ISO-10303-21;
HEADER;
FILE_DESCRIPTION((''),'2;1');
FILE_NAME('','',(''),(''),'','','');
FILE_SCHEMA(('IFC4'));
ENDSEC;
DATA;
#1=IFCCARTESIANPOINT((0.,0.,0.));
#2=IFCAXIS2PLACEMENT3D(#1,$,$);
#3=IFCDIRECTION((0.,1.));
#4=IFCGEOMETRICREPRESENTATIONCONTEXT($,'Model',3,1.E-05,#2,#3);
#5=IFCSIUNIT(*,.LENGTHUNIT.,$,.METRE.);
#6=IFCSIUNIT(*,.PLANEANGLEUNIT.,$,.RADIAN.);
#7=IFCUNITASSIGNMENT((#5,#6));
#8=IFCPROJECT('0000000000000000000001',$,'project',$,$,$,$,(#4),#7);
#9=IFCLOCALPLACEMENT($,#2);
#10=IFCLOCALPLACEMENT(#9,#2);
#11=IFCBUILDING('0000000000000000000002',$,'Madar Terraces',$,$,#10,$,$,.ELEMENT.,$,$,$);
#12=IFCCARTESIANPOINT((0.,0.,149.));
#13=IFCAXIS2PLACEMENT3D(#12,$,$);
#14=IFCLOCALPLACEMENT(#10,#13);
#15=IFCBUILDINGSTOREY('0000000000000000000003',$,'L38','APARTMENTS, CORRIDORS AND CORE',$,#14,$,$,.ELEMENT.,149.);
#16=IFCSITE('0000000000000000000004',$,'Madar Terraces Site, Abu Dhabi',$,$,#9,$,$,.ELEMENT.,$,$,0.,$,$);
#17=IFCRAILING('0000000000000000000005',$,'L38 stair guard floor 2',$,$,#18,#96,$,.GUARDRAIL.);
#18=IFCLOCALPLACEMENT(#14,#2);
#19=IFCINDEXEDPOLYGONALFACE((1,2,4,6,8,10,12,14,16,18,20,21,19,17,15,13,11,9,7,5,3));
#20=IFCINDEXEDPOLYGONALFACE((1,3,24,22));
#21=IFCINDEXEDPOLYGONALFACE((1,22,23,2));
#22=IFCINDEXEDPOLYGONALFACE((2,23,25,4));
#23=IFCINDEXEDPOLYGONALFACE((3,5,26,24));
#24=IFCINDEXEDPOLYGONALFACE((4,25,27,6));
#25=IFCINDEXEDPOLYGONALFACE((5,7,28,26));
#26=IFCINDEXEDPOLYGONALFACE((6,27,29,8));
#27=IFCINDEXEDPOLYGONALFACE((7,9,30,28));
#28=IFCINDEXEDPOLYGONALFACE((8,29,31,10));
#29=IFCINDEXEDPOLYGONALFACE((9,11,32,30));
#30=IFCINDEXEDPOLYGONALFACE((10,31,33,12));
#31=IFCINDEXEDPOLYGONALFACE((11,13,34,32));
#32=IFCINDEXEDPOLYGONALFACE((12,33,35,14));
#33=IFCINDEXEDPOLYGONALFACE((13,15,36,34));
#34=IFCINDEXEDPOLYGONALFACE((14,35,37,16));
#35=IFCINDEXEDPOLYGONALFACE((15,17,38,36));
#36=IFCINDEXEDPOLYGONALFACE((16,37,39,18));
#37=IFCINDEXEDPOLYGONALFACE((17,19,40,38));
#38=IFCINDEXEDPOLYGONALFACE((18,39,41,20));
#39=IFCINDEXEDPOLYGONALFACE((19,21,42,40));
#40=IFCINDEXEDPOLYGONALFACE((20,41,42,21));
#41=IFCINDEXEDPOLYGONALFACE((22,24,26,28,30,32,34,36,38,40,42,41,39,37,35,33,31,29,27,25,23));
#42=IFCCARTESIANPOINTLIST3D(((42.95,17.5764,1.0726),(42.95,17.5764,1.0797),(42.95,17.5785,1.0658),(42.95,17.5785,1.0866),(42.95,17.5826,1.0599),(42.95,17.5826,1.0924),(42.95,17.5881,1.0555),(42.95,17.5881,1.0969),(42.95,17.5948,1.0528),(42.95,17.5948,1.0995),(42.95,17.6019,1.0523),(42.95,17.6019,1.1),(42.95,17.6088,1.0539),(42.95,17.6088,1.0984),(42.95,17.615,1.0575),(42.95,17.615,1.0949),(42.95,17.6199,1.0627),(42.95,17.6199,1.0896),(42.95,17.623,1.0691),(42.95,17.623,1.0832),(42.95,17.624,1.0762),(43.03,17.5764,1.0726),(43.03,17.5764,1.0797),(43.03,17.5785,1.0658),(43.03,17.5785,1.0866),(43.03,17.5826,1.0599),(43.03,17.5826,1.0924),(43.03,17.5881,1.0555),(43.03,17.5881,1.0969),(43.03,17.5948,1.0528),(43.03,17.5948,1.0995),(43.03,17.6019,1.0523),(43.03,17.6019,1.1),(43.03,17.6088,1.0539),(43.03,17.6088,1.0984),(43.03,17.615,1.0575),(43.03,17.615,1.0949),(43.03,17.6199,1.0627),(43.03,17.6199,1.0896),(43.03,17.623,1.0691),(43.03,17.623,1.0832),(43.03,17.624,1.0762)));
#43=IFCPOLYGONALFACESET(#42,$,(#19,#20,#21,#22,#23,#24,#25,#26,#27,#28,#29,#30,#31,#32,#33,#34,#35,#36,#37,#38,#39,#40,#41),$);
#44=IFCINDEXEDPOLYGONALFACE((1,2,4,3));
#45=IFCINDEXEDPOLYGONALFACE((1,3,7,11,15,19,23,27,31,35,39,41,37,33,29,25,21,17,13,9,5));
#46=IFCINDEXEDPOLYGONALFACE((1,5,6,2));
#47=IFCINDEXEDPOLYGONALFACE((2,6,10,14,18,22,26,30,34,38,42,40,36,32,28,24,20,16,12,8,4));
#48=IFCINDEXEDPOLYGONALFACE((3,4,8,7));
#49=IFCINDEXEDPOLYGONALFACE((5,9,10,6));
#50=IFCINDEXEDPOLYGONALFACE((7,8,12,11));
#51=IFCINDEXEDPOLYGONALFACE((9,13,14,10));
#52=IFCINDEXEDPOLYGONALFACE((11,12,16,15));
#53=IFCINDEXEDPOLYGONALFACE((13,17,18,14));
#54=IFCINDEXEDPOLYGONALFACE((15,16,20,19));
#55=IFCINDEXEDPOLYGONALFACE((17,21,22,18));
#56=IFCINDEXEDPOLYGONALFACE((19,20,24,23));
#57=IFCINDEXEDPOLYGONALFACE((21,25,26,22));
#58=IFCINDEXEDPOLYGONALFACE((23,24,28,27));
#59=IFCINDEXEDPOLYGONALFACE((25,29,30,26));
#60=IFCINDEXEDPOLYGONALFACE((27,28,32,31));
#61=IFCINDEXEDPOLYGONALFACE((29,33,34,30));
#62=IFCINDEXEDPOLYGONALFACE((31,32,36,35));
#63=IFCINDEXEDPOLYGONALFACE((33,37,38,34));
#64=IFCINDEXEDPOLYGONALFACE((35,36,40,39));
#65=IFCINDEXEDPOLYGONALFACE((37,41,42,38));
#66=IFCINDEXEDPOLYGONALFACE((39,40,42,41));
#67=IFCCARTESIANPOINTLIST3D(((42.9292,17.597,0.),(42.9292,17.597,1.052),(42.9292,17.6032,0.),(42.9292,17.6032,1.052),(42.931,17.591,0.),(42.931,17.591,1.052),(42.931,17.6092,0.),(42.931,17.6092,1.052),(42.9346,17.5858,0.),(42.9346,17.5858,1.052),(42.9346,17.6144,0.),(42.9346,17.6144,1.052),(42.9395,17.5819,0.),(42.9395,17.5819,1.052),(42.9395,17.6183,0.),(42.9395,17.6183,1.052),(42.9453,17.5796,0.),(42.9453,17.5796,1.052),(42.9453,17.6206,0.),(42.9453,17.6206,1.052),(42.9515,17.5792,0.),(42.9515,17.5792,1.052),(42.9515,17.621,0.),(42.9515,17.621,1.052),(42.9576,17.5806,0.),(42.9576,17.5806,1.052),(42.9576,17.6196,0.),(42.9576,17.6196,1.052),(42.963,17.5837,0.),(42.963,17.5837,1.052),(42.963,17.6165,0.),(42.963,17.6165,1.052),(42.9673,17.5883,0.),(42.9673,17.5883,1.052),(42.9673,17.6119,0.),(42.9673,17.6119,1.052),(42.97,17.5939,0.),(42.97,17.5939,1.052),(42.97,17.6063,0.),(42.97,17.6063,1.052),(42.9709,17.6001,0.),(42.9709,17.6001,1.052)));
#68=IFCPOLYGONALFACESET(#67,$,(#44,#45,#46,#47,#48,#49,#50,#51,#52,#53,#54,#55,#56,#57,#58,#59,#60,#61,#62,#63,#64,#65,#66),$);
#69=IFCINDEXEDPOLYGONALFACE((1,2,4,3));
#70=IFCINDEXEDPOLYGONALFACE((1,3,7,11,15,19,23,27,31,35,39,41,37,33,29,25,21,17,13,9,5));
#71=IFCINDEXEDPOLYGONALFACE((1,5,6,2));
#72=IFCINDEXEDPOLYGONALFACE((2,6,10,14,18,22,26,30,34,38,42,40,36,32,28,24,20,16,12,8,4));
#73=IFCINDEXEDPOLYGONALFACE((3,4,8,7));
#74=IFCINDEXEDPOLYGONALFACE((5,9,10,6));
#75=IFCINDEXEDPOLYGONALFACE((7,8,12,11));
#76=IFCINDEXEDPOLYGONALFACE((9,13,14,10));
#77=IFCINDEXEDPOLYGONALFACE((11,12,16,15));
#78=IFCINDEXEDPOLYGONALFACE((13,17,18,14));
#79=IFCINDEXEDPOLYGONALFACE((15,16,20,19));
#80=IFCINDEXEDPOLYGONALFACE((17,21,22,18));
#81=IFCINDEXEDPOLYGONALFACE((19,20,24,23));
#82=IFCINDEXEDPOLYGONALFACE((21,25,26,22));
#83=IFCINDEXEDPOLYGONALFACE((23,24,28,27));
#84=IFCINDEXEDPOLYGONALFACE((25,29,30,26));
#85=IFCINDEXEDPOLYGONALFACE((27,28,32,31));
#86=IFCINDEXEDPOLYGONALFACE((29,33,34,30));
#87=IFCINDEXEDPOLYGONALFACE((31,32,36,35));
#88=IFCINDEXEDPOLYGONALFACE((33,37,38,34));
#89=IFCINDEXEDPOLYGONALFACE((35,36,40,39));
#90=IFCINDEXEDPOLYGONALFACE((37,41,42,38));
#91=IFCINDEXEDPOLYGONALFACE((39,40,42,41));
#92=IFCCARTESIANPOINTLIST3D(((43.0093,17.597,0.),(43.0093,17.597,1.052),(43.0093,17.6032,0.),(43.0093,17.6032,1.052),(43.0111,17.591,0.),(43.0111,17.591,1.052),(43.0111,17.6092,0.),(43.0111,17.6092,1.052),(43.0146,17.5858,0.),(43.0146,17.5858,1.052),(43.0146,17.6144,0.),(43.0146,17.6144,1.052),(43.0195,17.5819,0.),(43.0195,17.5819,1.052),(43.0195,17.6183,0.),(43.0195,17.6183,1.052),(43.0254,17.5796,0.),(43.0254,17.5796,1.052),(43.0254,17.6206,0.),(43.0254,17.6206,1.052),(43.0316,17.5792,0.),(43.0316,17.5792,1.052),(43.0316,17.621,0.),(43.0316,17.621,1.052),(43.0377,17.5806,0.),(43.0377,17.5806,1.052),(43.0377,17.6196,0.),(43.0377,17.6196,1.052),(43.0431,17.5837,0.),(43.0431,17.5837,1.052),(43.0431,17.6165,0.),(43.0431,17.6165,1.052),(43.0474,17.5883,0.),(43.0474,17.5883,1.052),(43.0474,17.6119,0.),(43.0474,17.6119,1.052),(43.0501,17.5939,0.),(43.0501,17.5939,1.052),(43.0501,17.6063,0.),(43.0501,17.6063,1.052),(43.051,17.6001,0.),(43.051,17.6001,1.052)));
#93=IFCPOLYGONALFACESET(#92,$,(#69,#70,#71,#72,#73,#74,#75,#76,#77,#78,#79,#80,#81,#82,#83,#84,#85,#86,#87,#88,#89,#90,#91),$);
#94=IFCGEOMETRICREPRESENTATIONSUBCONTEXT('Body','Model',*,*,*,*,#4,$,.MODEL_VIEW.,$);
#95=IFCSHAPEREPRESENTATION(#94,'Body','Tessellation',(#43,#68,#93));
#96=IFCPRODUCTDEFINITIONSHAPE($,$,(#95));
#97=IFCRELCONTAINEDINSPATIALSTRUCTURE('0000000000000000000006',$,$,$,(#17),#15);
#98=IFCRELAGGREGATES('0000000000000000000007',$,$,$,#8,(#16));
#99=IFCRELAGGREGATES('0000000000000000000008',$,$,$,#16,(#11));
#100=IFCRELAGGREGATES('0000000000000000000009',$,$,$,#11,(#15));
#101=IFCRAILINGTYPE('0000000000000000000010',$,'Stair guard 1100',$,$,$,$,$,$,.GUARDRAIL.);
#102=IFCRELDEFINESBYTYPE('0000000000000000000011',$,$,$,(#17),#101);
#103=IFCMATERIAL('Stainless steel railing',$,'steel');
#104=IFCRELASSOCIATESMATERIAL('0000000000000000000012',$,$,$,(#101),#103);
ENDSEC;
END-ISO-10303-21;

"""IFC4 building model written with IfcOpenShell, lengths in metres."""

from ifc_helpers import new_model, si_unit, direction, frame, origin, origin_2d, place, context, subcontext, project, spatial, circle, extrude, material, type_object, element, save


model = new_model("IFC4")

# Units and contexts
model_context = context("Model", 3, precision=1e-05, world=origin(), true_north=direction((0.0, 1.0)))
body_context = subcontext(model_context, "Body", "Model", "MODEL_VIEW")
ifc_project = project(units=[si_unit("LENGTHUNIT", "METRE"), si_unit("PLANEANGLEUNIT", "RADIAN")], contexts=[model_context])

# Site, building, storey
site_placement = place(None, origin())
site = spatial("IfcSite", under=ifc_project, at=site_placement, Name="Madar Terraces Site, Abu Dhabi", CompositionType="ELEMENT", RefElevation=0.0)
building_placement = place(site_placement, origin())
building = spatial("IfcBuilding", under=site, at=building_placement, Name="Madar Terraces", CompositionType="ELEMENT")
storey_placement = place(building_placement, frame((0.0, 0.0, 149.0)))
storey = spatial("IfcBuildingStorey", under=building, at=storey_placement, Name="L38", Description="APARTMENTS, CORRIDORS AND CORE", CompositionType="ELEMENT", Elevation=149.0)

# Railing
ifc_material_1 = material(Name="Stainless steel railing", Category="steel")
railing_type_1 = type_object("IfcRailingType", Name="Stair guard 1100", PredefinedType="GUARDRAIL", material=ifc_material_1)
railing_1_placement = place(storey_placement, frame((42.95, 17.6001, 0.0)))
element("IfcRailing", 1, at=railing_1_placement, inside=storey, type_object=railing_type_1, Name="L38 stair guard floor 2", PredefinedType="GUARDRAIL", context=body_context, shape_type="SweptSolid", body=[
    extrude(circle(Radius=0.0239, at=origin_2d()), frame((0.0, 0.0, 1.0762), z_axis=(1.0, 0.0, 0.0), x_axis=(0.0, 1.0, 0.0)), (0.0, 0.0, 1.0), 0.0801),
    extrude(circle(Radius=0.021, at=origin_2d()), origin(), (0.0, 0.0, 1.0), 1.052),
    extrude(circle(Radius=0.021, at=origin_2d()), frame((0.0801, 0.0, 0.0)), (0.0, 0.0, 1.0), 1.052),
])

save(model, "model.ifc")
